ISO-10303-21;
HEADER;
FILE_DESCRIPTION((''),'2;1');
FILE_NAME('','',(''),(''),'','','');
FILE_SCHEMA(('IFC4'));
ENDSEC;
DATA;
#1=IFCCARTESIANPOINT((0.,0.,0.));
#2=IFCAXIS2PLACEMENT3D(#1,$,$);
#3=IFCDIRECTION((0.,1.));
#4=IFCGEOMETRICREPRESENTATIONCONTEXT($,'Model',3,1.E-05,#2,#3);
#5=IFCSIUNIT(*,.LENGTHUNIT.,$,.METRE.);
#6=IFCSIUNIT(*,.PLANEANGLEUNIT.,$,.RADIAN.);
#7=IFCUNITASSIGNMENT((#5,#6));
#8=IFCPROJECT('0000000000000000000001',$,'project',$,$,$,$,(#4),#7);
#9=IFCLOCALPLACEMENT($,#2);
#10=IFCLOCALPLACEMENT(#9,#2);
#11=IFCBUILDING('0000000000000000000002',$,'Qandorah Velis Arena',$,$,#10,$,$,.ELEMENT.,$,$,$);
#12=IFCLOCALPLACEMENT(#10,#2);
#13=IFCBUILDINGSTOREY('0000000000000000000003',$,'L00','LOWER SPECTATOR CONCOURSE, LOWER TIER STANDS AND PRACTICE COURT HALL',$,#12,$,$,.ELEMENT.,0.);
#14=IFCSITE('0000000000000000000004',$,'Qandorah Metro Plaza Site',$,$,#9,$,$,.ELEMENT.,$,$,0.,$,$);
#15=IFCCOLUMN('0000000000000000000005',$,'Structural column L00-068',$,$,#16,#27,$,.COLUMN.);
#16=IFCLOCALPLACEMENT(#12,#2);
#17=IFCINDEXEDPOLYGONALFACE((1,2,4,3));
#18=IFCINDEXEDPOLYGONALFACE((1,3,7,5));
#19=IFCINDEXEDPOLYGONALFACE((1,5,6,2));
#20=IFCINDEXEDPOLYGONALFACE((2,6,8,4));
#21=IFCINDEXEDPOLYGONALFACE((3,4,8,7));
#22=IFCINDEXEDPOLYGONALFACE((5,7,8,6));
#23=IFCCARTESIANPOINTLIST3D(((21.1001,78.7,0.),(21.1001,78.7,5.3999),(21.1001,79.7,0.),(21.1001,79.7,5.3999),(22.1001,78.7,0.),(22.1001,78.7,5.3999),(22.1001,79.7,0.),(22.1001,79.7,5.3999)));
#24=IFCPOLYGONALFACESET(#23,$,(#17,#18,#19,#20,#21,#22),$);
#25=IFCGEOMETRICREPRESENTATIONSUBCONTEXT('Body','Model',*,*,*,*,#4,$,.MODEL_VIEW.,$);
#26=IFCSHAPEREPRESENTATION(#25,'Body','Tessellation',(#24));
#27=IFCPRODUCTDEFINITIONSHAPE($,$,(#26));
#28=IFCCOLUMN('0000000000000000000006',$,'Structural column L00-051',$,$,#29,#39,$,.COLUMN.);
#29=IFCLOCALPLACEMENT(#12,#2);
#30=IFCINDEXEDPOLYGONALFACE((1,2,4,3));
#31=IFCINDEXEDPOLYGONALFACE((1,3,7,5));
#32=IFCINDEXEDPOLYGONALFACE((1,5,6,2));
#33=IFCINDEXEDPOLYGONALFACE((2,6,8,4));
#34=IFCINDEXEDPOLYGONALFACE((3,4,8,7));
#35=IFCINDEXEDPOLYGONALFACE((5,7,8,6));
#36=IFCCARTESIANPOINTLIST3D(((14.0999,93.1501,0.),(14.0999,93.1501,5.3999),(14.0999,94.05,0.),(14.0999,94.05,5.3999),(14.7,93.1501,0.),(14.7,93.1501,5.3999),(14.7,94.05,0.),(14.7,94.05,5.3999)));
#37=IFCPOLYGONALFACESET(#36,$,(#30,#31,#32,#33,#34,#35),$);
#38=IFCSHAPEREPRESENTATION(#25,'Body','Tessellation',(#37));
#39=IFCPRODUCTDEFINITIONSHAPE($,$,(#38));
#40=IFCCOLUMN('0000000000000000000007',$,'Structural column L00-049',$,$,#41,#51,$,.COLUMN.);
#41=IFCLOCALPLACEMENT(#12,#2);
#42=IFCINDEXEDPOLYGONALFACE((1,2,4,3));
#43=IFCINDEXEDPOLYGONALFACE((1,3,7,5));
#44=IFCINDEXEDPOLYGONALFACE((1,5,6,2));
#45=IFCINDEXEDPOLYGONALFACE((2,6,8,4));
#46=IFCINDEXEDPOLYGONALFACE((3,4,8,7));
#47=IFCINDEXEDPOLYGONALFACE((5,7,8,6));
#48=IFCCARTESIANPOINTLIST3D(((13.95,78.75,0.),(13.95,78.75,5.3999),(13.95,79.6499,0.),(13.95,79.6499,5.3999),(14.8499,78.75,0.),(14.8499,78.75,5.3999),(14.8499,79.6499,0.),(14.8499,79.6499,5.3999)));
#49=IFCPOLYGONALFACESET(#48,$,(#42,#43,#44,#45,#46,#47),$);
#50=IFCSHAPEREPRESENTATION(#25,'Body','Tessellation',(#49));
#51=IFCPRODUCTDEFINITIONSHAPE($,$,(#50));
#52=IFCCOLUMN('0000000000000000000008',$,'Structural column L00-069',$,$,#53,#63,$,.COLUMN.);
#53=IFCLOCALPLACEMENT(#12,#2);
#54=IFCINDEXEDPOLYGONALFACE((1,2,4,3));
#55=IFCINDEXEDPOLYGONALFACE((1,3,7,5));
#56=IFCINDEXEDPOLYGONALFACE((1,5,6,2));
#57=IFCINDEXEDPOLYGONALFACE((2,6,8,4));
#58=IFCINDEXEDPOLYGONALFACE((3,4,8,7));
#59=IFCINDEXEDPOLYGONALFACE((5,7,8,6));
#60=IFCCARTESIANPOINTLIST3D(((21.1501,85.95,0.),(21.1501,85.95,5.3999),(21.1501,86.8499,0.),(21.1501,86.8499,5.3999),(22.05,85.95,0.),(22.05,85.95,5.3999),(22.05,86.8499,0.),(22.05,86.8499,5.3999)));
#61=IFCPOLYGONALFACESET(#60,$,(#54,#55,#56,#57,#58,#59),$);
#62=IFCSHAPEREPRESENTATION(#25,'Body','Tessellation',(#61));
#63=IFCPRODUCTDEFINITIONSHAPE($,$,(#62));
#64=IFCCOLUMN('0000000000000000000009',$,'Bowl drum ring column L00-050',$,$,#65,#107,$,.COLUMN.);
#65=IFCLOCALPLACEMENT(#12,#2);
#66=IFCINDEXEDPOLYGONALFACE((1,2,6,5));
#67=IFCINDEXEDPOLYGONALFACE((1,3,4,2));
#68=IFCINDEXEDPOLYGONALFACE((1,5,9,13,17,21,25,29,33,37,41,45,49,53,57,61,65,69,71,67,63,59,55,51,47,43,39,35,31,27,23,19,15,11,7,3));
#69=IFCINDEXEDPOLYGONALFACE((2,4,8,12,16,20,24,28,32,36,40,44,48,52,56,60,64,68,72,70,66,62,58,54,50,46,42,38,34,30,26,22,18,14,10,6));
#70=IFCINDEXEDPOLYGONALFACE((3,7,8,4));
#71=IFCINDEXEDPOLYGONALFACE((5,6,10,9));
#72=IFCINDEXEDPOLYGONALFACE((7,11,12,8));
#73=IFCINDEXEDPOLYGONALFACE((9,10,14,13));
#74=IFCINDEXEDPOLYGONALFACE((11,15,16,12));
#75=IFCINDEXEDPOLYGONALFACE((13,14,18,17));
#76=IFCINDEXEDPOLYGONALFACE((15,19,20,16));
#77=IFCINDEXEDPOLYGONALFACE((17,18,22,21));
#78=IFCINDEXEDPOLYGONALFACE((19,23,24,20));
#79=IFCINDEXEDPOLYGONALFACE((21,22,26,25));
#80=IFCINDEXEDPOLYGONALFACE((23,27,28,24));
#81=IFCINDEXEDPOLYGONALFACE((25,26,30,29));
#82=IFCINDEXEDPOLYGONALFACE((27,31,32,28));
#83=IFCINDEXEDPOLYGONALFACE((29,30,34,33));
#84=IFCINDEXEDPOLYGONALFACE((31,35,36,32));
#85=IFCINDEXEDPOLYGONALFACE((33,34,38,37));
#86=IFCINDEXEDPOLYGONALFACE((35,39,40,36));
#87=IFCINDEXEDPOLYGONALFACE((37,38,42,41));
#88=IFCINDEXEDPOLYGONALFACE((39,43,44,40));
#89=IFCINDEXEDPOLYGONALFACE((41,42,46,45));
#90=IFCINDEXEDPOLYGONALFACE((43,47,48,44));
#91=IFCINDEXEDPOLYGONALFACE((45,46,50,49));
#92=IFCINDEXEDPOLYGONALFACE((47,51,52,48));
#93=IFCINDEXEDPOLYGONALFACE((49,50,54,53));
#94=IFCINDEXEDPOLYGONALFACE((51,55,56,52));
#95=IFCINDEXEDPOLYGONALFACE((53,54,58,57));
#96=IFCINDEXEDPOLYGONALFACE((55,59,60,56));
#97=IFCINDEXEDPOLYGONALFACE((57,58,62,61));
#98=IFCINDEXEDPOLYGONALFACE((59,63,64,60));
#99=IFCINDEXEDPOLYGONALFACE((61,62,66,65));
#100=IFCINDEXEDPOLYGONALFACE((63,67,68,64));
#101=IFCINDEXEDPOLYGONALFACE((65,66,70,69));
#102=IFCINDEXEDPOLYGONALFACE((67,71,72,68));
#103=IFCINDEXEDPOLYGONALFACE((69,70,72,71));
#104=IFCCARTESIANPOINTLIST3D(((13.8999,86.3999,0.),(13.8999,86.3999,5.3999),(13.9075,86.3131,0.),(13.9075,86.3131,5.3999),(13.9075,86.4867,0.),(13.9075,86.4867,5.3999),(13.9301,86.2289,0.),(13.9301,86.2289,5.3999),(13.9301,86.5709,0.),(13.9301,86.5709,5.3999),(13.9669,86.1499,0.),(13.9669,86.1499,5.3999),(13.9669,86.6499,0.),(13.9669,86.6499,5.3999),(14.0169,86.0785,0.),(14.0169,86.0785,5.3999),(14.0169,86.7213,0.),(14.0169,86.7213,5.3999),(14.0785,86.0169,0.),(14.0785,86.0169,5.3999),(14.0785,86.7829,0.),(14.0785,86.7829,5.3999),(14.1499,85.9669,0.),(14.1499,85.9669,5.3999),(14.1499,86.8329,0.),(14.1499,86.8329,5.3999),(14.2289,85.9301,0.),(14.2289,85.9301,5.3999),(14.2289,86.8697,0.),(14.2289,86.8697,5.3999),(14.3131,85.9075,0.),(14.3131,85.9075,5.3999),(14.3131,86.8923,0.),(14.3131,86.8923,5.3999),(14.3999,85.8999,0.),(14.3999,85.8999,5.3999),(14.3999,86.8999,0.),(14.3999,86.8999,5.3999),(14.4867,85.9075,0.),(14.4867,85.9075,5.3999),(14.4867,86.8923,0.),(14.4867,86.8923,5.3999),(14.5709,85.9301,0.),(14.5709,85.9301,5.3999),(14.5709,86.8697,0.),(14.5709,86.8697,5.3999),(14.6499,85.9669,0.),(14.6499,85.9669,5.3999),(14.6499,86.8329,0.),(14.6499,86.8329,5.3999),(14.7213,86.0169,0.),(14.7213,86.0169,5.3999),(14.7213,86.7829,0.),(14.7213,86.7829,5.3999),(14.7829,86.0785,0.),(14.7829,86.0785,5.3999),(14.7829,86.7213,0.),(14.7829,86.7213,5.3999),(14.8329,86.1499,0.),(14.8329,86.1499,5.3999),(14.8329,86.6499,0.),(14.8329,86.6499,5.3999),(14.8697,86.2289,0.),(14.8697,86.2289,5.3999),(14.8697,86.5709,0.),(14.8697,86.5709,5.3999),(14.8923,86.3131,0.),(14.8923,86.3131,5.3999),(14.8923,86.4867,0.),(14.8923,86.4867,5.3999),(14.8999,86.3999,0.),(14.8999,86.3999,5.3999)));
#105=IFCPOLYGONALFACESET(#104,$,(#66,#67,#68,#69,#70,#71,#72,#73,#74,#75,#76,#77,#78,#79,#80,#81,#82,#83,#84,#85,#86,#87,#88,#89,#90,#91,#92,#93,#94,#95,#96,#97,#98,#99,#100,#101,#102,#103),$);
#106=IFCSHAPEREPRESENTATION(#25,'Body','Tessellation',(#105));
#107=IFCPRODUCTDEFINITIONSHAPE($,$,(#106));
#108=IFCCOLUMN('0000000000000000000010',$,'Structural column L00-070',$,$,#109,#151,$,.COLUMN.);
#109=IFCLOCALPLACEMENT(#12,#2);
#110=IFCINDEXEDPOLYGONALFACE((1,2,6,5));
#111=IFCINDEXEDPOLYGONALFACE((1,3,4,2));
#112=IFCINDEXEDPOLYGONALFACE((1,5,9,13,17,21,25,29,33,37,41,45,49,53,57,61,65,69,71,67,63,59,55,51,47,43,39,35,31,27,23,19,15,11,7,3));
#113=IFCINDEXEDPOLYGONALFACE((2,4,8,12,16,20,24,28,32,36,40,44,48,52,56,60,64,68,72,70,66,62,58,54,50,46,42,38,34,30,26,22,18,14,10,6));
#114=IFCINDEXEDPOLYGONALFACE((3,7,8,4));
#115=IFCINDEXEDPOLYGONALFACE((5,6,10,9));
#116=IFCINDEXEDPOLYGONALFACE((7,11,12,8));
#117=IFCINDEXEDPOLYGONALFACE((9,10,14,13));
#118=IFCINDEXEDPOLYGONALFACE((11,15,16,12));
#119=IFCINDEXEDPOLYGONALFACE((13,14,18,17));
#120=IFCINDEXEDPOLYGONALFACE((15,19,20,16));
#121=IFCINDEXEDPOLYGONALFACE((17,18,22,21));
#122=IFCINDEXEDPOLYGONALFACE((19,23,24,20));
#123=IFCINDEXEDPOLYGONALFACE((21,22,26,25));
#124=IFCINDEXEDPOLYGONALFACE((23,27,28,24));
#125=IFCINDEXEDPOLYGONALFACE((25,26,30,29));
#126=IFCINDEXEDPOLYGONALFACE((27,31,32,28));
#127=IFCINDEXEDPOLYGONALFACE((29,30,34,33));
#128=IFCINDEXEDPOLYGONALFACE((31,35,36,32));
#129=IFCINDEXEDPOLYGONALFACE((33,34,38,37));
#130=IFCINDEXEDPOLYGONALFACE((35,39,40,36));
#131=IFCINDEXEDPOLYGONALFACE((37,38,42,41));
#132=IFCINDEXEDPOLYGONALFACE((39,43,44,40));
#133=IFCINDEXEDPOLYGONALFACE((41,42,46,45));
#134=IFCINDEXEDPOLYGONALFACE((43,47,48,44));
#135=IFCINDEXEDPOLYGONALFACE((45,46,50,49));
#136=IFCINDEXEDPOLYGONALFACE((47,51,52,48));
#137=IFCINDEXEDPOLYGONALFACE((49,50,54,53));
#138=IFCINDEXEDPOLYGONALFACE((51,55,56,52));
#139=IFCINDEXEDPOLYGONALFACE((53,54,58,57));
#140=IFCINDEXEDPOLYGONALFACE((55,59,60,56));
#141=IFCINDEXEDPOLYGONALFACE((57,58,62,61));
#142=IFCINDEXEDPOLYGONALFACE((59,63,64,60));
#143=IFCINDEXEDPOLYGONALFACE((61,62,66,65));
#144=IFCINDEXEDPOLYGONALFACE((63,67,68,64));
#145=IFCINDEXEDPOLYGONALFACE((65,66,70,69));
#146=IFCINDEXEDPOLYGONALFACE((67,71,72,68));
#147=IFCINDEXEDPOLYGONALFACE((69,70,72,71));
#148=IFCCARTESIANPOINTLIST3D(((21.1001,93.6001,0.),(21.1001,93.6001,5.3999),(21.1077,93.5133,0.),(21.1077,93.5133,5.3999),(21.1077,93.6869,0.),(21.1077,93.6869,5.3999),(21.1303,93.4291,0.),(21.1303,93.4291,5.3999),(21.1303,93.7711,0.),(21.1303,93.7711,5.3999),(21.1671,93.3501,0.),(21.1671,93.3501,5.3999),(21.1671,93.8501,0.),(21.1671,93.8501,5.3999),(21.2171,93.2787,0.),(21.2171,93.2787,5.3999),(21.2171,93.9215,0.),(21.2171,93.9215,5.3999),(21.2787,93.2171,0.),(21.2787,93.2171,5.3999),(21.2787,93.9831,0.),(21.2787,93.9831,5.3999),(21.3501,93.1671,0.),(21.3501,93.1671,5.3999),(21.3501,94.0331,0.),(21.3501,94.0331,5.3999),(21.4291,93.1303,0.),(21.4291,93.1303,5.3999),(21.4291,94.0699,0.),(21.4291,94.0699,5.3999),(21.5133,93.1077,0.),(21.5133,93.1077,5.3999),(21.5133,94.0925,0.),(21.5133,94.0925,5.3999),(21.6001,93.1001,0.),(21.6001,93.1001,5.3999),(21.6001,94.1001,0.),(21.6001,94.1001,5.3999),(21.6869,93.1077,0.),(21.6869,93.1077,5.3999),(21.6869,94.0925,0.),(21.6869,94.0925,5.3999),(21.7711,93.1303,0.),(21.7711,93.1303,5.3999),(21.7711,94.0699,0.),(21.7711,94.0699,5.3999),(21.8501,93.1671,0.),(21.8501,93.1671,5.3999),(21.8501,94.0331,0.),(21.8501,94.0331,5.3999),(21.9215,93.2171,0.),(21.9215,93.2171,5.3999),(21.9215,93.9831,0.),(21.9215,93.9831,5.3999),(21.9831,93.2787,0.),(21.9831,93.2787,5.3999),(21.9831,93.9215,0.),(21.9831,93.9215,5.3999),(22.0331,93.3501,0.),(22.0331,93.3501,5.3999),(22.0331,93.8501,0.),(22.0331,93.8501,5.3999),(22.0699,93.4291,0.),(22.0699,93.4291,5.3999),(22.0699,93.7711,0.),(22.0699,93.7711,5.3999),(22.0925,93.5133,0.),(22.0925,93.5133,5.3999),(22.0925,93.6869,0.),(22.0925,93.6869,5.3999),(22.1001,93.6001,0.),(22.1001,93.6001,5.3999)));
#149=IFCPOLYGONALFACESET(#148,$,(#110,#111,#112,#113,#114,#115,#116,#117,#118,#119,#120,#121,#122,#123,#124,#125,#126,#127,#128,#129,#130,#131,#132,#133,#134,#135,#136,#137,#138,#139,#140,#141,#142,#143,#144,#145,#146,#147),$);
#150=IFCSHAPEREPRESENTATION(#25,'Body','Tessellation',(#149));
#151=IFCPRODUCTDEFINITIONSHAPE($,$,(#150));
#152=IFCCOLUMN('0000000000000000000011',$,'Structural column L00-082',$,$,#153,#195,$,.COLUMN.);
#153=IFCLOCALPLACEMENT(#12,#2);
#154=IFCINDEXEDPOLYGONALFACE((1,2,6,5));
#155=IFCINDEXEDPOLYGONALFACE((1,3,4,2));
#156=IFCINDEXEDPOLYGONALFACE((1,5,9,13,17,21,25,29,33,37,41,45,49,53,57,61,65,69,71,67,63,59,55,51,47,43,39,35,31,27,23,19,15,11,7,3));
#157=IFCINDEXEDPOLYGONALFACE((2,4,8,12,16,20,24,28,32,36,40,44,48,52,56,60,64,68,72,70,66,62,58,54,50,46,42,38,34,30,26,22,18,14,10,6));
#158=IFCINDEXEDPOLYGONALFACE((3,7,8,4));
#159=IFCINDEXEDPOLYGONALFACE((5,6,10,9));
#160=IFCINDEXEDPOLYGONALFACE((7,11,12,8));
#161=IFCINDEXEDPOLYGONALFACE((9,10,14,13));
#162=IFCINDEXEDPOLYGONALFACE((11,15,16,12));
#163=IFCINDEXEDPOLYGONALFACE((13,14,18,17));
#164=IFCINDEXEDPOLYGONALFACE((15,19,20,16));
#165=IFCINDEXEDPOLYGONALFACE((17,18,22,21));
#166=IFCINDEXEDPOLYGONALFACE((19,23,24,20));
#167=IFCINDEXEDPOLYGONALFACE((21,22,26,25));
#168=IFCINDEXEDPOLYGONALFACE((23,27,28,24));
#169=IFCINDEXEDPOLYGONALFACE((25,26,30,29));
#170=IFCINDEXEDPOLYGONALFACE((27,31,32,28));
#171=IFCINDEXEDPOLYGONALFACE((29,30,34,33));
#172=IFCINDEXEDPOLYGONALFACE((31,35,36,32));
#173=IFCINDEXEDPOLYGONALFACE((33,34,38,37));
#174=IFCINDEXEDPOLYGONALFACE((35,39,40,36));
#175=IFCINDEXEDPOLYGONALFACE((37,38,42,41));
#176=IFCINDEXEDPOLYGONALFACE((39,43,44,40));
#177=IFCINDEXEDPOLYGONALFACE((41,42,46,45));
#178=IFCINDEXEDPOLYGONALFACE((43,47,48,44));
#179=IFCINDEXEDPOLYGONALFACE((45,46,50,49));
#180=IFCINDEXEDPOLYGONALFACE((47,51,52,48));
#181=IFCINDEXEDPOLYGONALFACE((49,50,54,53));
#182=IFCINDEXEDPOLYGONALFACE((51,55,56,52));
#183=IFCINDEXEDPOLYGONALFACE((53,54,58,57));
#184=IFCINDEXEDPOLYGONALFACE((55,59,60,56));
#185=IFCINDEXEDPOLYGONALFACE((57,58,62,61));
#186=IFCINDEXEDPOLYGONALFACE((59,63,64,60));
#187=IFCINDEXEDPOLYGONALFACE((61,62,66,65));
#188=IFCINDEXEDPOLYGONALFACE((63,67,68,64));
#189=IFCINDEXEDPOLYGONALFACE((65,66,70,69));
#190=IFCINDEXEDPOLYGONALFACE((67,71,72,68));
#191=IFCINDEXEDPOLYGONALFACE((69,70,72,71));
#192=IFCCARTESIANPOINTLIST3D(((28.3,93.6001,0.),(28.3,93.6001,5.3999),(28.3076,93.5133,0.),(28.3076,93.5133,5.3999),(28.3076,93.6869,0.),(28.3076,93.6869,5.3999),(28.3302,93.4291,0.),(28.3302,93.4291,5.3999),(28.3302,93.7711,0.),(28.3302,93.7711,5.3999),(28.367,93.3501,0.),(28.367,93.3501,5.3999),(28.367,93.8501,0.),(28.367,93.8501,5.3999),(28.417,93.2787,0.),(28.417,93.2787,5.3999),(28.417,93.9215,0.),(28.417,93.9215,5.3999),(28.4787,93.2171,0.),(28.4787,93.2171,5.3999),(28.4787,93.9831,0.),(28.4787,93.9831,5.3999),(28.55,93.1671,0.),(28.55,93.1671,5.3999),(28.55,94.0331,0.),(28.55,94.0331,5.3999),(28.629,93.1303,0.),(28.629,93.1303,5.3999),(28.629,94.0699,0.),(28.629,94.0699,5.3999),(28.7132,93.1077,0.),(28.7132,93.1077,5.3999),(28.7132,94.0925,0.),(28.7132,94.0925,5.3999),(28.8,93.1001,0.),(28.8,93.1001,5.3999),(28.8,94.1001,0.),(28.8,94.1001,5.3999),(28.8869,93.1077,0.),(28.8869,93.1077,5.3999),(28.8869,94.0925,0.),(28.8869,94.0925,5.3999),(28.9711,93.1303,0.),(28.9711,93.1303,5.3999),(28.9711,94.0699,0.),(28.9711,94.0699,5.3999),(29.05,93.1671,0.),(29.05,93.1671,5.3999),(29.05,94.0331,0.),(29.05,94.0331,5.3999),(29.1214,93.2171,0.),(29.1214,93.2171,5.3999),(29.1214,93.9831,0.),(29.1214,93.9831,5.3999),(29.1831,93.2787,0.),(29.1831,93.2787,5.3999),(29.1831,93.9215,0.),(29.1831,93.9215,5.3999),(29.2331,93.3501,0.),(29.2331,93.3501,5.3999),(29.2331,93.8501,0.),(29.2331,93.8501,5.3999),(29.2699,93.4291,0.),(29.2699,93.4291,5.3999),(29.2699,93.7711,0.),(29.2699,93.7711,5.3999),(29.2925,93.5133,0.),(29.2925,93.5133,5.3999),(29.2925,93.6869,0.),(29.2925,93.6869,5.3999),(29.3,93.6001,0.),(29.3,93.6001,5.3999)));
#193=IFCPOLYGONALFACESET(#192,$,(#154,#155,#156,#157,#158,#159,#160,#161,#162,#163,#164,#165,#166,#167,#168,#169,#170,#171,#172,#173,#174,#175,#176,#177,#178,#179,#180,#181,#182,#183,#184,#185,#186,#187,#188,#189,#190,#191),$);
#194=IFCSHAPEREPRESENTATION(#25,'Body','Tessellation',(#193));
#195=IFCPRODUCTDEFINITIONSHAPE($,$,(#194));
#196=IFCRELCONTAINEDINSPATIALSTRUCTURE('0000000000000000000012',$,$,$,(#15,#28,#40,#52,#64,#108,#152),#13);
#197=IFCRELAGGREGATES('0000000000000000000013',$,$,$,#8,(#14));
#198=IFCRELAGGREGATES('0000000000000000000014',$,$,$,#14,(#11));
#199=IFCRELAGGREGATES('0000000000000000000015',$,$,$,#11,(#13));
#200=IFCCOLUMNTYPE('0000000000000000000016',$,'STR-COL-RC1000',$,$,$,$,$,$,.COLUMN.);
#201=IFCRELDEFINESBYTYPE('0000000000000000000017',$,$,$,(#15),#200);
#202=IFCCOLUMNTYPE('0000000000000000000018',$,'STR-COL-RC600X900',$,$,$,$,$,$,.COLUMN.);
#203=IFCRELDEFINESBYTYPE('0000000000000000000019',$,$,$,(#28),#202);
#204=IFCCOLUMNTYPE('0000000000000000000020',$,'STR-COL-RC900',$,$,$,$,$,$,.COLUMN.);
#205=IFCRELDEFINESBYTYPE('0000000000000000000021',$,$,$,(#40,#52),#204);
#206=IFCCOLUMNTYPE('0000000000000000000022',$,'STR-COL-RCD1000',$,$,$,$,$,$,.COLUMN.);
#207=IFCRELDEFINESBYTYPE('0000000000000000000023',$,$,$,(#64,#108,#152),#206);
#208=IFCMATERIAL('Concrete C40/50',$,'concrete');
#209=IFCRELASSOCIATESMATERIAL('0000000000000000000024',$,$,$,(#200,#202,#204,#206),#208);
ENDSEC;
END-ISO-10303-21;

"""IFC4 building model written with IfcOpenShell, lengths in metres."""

from ifc_helpers import new_model, si_unit, direction, frame, origin, origin_2d, place, context, subcontext, project, spatial, rectangle, circle, extrude, material, material_profile, profile_set, type_object, element, save


model = new_model("IFC4")

# Units and contexts
model_context = context("Model", 3, precision=1e-05, world=origin(), true_north=direction((0.0, 1.0)))
body_context = subcontext(model_context, "Body", "Model", "MODEL_VIEW")
ifc_project = project(units=[si_unit("LENGTHUNIT", "METRE"), si_unit("PLANEANGLEUNIT", "RADIAN")], contexts=[model_context])

# Site, building, storey
site_placement = place(None, origin())
site = spatial("IfcSite", under=ifc_project, at=site_placement, Name="Qandorah Metro Plaza Site", CompositionType="ELEMENT", RefElevation=0.0)
building_placement = place(site_placement, origin())
building = spatial("IfcBuilding", under=site, at=building_placement, Name="Qandorah Velis Arena", CompositionType="ELEMENT")
storey_placement = place(building_placement, origin())
storey = spatial("IfcBuildingStorey", under=building, at=storey_placement, Name="L00", Description="LOWER SPECTATOR CONCOURSE, LOWER TIER STANDS AND PRACTICE COURT HALL", CompositionType="ELEMENT", Elevation=0.0)

# Columns
ifc_material_1 = material(Name="Concrete C40/50", Category="concrete")
ifc_material_profile_1 = material_profile(ifc_material_1, rectangle(XDim=1.0, YDim=1.0, at=origin_2d()), Name="RC COL 1000x1000")
ifc_profile_set_1 = profile_set([ifc_material_profile_1], Name="Concrete C40/50")
column_type_1 = type_object("IfcColumnType", Name="STR-COL-RC1000", PredefinedType="COLUMN", material=ifc_profile_set_1)
column_1_placement = place(storey_placement, frame((21.6001, 79.2, 0.0), z_axis=(0.0, 0.0, 1.0), x_axis=(1.0, 0.0, 0.0)))
element("IfcColumn", 1, at=column_1_placement, inside=storey, type_object=column_type_1, Name="Structural column L00-068", PredefinedType="COLUMN", context=body_context, shape_type="SweptSolid", body=[
    extrude(rectangle(XDim=1.0, YDim=1.0, at=origin_2d()), origin(), (0.0, 0.0, 1.0), 5.3999),
])
ifc_material_profile_2 = material_profile(ifc_material_1, rectangle(XDim=0.6001, YDim=0.8999, at=origin_2d()), Name="RC COL 600x900")
ifc_profile_set_2 = profile_set([ifc_material_profile_2], Name="Concrete C40/50")
column_type_2 = type_object("IfcColumnType", Name="STR-COL-RC600X900", PredefinedType="COLUMN", material=ifc_profile_set_2)
column_2_placement = place(storey_placement, frame((14.3999, 93.6001, 0.0), z_axis=(0.0, 0.0, 1.0), x_axis=(1.0, 0.0, 0.0)))
element("IfcColumn", 2, at=column_2_placement, inside=storey, type_object=column_type_2, Name="Structural column L00-051", PredefinedType="COLUMN", context=body_context, shape_type="SweptSolid", body=[
    extrude(rectangle(XDim=0.6001, YDim=0.8999, at=origin_2d()), origin(), (0.0, 0.0, 1.0), 5.3999),
])
ifc_material_profile_3 = material_profile(ifc_material_1, rectangle(XDim=0.8999, YDim=0.8999, at=origin_2d()), Name="RC COL 900x900")
ifc_profile_set_3 = profile_set([ifc_material_profile_3], Name="Concrete C40/50")
column_type_3 = type_object("IfcColumnType", Name="STR-COL-RC900", PredefinedType="COLUMN", material=ifc_profile_set_3)
for number, where, z_axis, x_axis, name in (
    (3, (14.3999, 79.2, 0.0), (0.0, 0.0, 1.0), (1.0, 0.0, 0.0), "Structural column L00-049"),
    (4, (21.6001, 86.3999, 0.0), (0.0, 0.0, 1.0), (1.0, 0.0, 0.0), "Structural column L00-069"),
):
    element("IfcColumn", number, at=place(storey_placement, frame(where, z_axis=z_axis, x_axis=x_axis)), inside=storey, type_object=column_type_3, Name=name, PredefinedType="COLUMN", context=body_context, shape_type="SweptSolid", body=[
        extrude(rectangle(XDim=0.8999, YDim=0.8999, at=origin_2d()), origin(), (0.0, 0.0, 1.0), 5.3999),
    ])
ifc_material_profile_4 = material_profile(ifc_material_1, circle(Radius=0.5, at=origin_2d()), Name="RC D1000")
ifc_profile_set_4 = profile_set([ifc_material_profile_4], Name="Concrete C40/50")
column_type_4 = type_object("IfcColumnType", Name="STR-COL-RCD1000", PredefinedType="COLUMN", material=ifc_profile_set_4)
for number, where, z_axis, x_axis, name in (
    (5, (14.3999, 86.3999, 0.0), (0.0, 0.0, 1.0), (1.0, 0.0, 0.0), "Bowl drum ring column L00-050"),
    (6, (21.6001, 93.6001, 0.0), (0.0, 0.0, 1.0), (1.0, 0.0, 0.0), "Structural column L00-070"),
    (7, (28.8, 93.6001, 0.0), (0.0, 0.0, 1.0), (1.0, 0.0, 0.0), "Structural column L00-082"),
):
    element("IfcColumn", number, at=place(storey_placement, frame(where, z_axis=z_axis, x_axis=x_axis)), inside=storey, type_object=column_type_4, Name=name, PredefinedType="COLUMN", context=body_context, shape_type="SweptSolid", body=[
        extrude(circle(Radius=0.5, at=origin_2d()), origin(), (0.0, 0.0, 1.0), 5.3999),
    ])

save(model, "model.ifc")
